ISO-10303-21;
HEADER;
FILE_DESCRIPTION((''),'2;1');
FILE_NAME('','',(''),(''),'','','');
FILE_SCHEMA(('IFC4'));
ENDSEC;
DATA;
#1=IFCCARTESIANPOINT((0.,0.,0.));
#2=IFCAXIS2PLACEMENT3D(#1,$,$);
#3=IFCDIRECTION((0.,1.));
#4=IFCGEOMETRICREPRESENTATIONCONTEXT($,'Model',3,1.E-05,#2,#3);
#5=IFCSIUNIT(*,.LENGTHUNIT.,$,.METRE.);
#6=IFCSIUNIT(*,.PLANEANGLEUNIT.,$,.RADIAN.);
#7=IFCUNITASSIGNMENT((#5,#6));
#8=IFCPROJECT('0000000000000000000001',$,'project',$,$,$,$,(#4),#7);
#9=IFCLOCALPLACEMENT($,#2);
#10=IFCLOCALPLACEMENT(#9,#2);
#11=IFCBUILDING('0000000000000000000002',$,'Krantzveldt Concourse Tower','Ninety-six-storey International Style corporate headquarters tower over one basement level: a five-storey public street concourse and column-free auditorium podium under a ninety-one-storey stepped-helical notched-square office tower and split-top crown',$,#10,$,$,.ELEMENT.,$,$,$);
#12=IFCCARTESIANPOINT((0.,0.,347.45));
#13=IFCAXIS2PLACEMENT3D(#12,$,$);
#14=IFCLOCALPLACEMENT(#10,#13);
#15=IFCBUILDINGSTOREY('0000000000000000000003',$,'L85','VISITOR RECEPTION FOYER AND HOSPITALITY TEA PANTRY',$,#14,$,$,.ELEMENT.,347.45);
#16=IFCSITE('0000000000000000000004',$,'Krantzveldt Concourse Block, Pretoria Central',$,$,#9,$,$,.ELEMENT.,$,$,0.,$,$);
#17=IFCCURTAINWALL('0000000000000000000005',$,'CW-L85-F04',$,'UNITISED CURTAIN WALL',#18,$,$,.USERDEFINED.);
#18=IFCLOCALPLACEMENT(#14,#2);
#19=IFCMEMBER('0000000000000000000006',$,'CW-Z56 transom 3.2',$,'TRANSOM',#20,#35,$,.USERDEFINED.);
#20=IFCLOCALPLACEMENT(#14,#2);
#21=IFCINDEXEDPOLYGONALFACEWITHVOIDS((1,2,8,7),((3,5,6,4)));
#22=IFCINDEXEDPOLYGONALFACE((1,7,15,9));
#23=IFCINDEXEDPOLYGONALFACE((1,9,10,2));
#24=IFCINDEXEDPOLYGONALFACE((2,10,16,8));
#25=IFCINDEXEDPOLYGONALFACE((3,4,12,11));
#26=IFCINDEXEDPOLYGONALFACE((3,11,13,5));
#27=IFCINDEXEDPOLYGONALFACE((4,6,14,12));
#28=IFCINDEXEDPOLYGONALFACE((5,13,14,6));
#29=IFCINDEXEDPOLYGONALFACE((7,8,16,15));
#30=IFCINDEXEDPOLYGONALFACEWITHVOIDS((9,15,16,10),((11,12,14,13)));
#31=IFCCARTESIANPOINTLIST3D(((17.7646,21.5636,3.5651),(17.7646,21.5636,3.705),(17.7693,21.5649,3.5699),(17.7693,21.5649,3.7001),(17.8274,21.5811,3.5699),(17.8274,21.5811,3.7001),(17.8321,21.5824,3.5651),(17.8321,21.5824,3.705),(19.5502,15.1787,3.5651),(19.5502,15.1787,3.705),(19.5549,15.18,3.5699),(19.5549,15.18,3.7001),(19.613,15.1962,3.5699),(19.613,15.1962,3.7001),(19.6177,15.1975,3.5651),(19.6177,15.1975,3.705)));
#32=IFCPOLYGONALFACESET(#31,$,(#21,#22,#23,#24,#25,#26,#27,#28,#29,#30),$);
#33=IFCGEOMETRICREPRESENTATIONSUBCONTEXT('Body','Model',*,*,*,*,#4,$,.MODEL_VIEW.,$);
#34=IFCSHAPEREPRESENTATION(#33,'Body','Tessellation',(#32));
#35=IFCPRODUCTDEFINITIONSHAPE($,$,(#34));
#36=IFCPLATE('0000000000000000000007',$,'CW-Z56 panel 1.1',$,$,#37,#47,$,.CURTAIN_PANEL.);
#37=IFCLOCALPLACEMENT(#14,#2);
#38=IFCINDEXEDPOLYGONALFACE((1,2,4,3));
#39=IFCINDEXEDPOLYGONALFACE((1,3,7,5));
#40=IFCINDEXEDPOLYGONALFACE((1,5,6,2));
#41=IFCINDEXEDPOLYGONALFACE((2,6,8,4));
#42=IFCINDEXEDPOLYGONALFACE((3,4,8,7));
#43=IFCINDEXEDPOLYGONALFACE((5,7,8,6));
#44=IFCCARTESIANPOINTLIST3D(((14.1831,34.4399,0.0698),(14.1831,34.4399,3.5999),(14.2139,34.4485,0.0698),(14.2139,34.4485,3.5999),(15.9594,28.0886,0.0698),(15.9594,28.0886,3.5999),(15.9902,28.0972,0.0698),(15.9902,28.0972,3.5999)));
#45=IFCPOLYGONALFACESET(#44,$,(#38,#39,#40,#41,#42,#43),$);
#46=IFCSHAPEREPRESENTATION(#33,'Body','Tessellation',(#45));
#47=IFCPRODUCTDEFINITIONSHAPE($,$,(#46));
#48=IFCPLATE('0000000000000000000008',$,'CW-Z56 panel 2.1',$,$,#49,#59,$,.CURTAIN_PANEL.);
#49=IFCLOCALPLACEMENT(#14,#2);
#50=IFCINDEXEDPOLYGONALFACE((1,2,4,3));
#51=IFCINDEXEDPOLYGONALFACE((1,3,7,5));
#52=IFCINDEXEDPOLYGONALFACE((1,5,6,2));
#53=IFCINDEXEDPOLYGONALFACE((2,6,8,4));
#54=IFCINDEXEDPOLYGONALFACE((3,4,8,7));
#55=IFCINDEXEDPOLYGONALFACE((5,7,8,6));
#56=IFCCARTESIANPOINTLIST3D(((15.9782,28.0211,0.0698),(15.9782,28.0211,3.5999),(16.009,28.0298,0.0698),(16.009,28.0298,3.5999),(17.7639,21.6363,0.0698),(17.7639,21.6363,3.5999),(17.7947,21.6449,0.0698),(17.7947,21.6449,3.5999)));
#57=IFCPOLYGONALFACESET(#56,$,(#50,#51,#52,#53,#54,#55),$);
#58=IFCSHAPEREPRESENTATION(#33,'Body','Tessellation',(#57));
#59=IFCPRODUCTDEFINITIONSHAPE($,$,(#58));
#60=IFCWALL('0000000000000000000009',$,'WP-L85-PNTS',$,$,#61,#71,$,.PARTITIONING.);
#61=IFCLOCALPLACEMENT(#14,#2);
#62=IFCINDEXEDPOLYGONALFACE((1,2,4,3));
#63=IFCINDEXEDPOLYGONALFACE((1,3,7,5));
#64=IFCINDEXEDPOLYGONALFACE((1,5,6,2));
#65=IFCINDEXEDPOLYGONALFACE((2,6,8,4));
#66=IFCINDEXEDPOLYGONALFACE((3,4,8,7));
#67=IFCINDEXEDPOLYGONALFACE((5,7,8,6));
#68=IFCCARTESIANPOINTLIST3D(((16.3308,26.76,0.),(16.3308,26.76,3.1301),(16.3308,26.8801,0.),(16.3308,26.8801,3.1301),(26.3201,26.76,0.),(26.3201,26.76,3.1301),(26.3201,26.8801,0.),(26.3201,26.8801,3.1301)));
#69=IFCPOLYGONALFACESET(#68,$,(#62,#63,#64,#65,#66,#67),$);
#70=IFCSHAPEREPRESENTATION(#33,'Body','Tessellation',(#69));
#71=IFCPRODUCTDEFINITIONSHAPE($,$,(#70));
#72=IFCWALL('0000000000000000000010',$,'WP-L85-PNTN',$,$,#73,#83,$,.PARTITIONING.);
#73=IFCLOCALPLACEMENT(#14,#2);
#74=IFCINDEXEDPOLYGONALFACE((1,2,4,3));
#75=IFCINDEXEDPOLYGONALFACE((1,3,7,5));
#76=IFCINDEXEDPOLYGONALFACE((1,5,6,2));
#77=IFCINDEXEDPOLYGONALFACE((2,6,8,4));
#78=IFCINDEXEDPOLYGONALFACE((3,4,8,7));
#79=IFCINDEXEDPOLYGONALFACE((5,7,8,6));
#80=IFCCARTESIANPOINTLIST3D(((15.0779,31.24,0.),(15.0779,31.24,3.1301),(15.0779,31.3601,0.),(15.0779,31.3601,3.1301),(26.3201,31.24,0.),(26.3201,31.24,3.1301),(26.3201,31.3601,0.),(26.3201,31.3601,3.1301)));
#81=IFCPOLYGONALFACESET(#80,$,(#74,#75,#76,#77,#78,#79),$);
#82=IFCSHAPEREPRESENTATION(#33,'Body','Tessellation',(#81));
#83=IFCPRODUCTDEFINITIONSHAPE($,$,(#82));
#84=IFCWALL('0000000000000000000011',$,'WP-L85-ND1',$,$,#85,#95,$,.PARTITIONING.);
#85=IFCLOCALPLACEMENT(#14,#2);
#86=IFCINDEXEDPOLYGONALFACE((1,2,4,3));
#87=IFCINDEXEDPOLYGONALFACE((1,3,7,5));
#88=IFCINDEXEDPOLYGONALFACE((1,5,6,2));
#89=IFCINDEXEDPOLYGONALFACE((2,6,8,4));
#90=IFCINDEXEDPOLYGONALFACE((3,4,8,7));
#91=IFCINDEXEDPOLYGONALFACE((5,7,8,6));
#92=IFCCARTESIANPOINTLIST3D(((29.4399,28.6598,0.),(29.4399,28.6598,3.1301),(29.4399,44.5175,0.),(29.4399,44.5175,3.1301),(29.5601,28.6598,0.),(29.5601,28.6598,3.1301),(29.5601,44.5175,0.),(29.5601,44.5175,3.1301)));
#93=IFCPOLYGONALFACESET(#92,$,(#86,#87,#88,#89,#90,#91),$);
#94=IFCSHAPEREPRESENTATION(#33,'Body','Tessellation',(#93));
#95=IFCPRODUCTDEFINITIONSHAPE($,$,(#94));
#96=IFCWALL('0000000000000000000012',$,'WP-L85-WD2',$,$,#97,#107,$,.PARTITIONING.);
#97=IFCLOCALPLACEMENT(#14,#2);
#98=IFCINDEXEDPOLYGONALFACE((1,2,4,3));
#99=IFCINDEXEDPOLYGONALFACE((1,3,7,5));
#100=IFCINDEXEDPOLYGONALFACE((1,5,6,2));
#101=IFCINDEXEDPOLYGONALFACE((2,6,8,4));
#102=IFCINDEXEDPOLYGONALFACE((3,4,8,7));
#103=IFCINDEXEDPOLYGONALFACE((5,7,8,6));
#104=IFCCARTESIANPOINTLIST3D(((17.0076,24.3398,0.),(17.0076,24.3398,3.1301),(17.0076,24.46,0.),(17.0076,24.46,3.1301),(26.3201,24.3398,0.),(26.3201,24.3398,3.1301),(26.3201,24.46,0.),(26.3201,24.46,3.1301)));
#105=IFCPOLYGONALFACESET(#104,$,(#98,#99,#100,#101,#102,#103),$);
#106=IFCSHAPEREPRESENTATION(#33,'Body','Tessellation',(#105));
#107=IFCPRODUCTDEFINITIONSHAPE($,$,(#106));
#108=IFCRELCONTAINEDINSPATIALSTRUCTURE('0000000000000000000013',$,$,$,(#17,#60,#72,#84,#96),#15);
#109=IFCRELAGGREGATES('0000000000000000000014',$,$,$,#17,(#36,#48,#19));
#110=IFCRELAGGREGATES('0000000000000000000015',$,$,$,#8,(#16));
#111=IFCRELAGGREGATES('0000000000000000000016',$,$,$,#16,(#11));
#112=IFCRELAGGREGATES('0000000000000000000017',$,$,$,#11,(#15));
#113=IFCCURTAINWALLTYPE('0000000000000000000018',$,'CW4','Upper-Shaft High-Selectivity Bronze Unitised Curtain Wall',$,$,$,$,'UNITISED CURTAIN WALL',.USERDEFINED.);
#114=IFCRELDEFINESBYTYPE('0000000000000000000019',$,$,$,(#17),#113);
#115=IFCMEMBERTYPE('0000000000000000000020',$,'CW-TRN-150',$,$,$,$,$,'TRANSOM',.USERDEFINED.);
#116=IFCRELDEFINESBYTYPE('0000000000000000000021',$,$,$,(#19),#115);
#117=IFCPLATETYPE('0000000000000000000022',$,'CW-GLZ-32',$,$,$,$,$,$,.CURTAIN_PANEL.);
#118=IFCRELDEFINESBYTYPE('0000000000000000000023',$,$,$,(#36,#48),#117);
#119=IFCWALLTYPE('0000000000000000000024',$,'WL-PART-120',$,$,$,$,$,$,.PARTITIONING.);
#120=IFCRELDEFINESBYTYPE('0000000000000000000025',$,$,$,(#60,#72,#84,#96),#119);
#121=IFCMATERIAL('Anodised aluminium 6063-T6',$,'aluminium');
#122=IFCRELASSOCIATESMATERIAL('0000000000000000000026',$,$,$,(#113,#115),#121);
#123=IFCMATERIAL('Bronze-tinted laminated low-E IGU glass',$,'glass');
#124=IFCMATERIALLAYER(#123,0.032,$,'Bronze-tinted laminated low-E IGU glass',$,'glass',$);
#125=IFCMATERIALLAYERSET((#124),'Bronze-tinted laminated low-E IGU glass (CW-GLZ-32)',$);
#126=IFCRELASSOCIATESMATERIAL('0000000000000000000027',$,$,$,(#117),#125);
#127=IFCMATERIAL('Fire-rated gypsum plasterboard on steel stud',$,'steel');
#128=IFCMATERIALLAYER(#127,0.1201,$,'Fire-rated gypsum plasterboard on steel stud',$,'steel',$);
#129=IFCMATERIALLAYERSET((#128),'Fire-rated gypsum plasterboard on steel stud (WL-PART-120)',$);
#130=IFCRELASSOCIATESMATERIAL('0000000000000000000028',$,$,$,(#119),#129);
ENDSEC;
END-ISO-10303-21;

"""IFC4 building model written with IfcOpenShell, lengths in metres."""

from ifc_helpers import new_model, si_unit, direction, frame, frame_2d, origin, origin_2d, place, context, subcontext, project, spatial, rectangle, hollow_rectangle, extrude, source, transform, mapped, material, layer, layer_set, material_profile, profile_set, type_object, type_shapes, element, aggregate, save


model = new_model("IFC4")

# Units and contexts
model_context = context("Model", 3, precision=1e-05, world=origin(), true_north=direction((0.0, 1.0)))
body_context = subcontext(model_context, "Body", "Model", "MODEL_VIEW")
ifc_project = project(units=[si_unit("LENGTHUNIT", "METRE"), si_unit("PLANEANGLEUNIT", "RADIAN")], contexts=[model_context])

# Site, building, storey
site_placement = place(None, origin())
site = spatial("IfcSite", under=ifc_project, at=site_placement, Name="Krantzveldt Concourse Block, Pretoria Central", CompositionType="ELEMENT", RefElevation=0.0)
building_placement = place(site_placement, origin())
building = spatial("IfcBuilding", under=site, at=building_placement, Name="Krantzveldt Concourse Tower", Description="Ninety-six-storey International Style corporate headquarters tower over one basement level: a five-storey public street concourse and column-free auditorium podium under a ninety-one-storey stepped-helical notched-square office tower and split-top crown", CompositionType="ELEMENT")
storey_placement = place(building_placement, frame((0.0, 0.0, 347.45)))
storey = spatial("IfcBuildingStorey", under=building, at=storey_placement, Name="L85", Description="VISITOR RECEPTION FOYER AND HOSPITALITY TEA PANTRY", CompositionType="ELEMENT", Elevation=347.45)

# Curtain wall, member, plates
ifc_material_1 = material(Name="Anodised aluminium 6063-T6", Category="aluminium")
curtain_wall_type = type_object("IfcCurtainWallType", Name="CW4", Description="Upper-Shaft High-Selectivity Bronze Unitised Curtain Wall", ElementType="UNITISED CURTAIN WALL", PredefinedType="USERDEFINED", material=ifc_material_1)
curtain_wall_placement = place(storey_placement, origin())
curtain_wall = element("IfcCurtainWall", 1, at=curtain_wall_placement, inside=storey, type_object=curtain_wall_type, Name="CW-L85-F04", ObjectType="UNITISED CURTAIN WALL", PredefinedType="USERDEFINED")
ifc_material_profile_1 = material_profile(ifc_material_1, hollow_rectangle(XDim=0.0701, YDim=0.1399, WallThickness=0.0049, at=origin_2d()), Name="Anodised aluminium 6063-T6", Category="aluminium")
ifc_profile_set_1 = profile_set([ifc_material_profile_1], Name="Anodised aluminium 6063-T6 - ALU-TRAN 140x70x5")
member_type_1 = type_object("IfcMemberType", Name="CW-TRN-150", ElementType="TRANSOM", PredefinedType="USERDEFINED", material=ifc_profile_set_1)
shared_shape_1 = source(origin(), body_context, "Body", "SweptSolid", [
    extrude(hollow_rectangle(XDim=0.0701, YDim=0.1399, WallThickness=0.0049, at=origin_2d()), origin(), (0.0, 0.0, 1.0), 6.6299),
])
type_shapes(member_type_1, [shared_shape_1])
member_1_placement = place(storey_placement, frame((17.7983, 21.573, 3.635), z_axis=(0.269328, -0.963048, 0.0), x_axis=(0.963048, 0.269328, 0.0)))
member_1 = element("IfcMember", 2, at=member_1_placement, type_object=member_type_1, Name="CW-Z56 transom 3.2", ObjectType="TRANSOM", PredefinedType="USERDEFINED", context=body_context, shape_type="MappedRepresentation", body=[
    mapped(shared_shape_1, transform((0.0, 0.0, 0.0), x_axis=(1.0, 0.0, 0.0), y_axis=(0.0, 1.0, 0.0), z_axis=(0.0, 0.0, 1.0), scale=1.0)),
])
ifc_material_2 = material(Name="Bronze-tinted laminated low-E IGU glass", Category="glass")
ifc_layer_1 = layer(ifc_material_2, 0.032, Name="Bronze-tinted laminated low-E IGU glass", Category="glass")
ifc_layer_set_1 = layer_set([ifc_layer_1], Name="Bronze-tinted laminated low-E IGU glass (CW-GLZ-32)")
plate_type = type_object("IfcPlateType", Name="CW-GLZ-32", PredefinedType="CURTAIN_PANEL", material=ifc_layer_set_1)
shared_shape_2 = source(origin(), body_context, "Body", "SweptSolid", [
    extrude(rectangle(XDim=6.595, YDim=0.032, at=origin_2d()), origin(), (0.0, 0.0, 1.0), 3.53),
])
plate_1_placement = place(storey_placement, frame((15.0867, 31.2686, 0.0698), z_axis=(0.0, 0.0, 1.0), x_axis=(0.26934, -0.963045, 0.0)))
plate_1 = element("IfcPlate", 3, at=plate_1_placement, type_object=plate_type, Name="CW-Z56 panel 1.1", PredefinedType="CURTAIN_PANEL", context=body_context, shape_type="MappedRepresentation", body=[
    mapped(shared_shape_2, transform((0.0, 0.0, 0.0), x_axis=(1.0, 0.0, 0.0), y_axis=(0.0, 1.0, 0.0), z_axis=(0.0, 0.0, 1.0), scale=1.0)),
])
shared_shape_3 = source(origin(), body_context, "Body", "SweptSolid", [
    extrude(rectangle(XDim=6.6299, YDim=0.032, at=origin_2d()), origin(), (0.0, 0.0, 1.0), 3.53),
])
type_shapes(plate_type, [shared_shape_2, shared_shape_3])
plate_2_placement = place(storey_placement, frame((16.8865, 24.833, 0.0698), z_axis=(0.0, 0.0, 1.0), x_axis=(0.26934, -0.963045, 0.0)))
plate_2 = element("IfcPlate", 4, at=plate_2_placement, type_object=plate_type, Name="CW-Z56 panel 2.1", PredefinedType="CURTAIN_PANEL", context=body_context, shape_type="MappedRepresentation", body=[
    mapped(shared_shape_3, transform((0.0, 0.0, 0.0), x_axis=(1.0, 0.0, 0.0), y_axis=(0.0, 1.0, 0.0), z_axis=(0.0, 0.0, 1.0), scale=1.0)),
])
aggregate(curtain_wall, [plate_1, plate_2, member_1])

# Walls
ifc_material_3 = material(Name="Fire-rated gypsum plasterboard on steel stud", Category="steel")
ifc_layer_2 = layer(ifc_material_3, 0.1201, Name="Fire-rated gypsum plasterboard on steel stud", Category="steel")
ifc_layer_set_2 = layer_set([ifc_layer_2], Name="Fire-rated gypsum plasterboard on steel stud (WL-PART-120)")
wall_type_1 = type_object("IfcWallType", Name="WL-PART-120", PredefinedType="PARTITIONING", material=ifc_layer_set_2)
wall_1_placement = place(storey_placement, frame((16.3308, 26.8201, 0.0), z_axis=(0.0, 0.0, 1.0), x_axis=(1.0, 0.0, 0.0)))
element("IfcWall", 5, at=wall_1_placement, inside=storey, type_object=wall_type_1, Name="WP-L85-PNTS", PredefinedType="PARTITIONING", context=body_context, shape_type="SweptSolid", body=[
    extrude(rectangle(XDim=9.9893, YDim=0.1201, at=frame_2d((4.9946, 0.0))), origin(), (0.0, 0.0, 1.0), 3.1301),
])
wall_2_placement = place(storey_placement, frame((15.0779, 31.3, 0.0), z_axis=(0.0, 0.0, 1.0), x_axis=(1.0, 0.0, 0.0)))
element("IfcWall", 6, at=wall_2_placement, inside=storey, type_object=wall_type_1, Name="WP-L85-PNTN", PredefinedType="PARTITIONING", context=body_context, shape_type="SweptSolid", body=[
    extrude(rectangle(XDim=11.2422, YDim=0.1201, at=frame_2d((5.6211, 0.0))), origin(), (0.0, 0.0, 1.0), 3.1301),
])
wall_3_placement = place(storey_placement, frame((29.5, 28.6599, 0.0), z_axis=(0.0, 0.0, 1.0), x_axis=(0.0, 1.0, 0.0)))
element("IfcWall", 7, at=wall_3_placement, inside=storey, type_object=wall_type_1, Name="WP-L85-ND1", PredefinedType="PARTITIONING", context=body_context, shape_type="SweptSolid", body=[
    extrude(rectangle(XDim=15.8577, YDim=0.1201, at=frame_2d((7.9287, 0.0))), origin(), (0.0, 0.0, 1.0), 3.1301),
])
wall_4_placement = place(storey_placement, frame((17.0076, 24.3999, 0.0), z_axis=(0.0, 0.0, 1.0), x_axis=(1.0, 0.0, 0.0)))
element("IfcWall", 8, at=wall_4_placement, inside=storey, type_object=wall_type_1, Name="WP-L85-WD2", PredefinedType="PARTITIONING", context=body_context, shape_type="SweptSolid", body=[
    extrude(rectangle(XDim=9.3125, YDim=0.1201, at=frame_2d((4.6562, 0.0))), origin(), (0.0, 0.0, 1.0), 3.1301),
])

save(model, "model.ifc")
